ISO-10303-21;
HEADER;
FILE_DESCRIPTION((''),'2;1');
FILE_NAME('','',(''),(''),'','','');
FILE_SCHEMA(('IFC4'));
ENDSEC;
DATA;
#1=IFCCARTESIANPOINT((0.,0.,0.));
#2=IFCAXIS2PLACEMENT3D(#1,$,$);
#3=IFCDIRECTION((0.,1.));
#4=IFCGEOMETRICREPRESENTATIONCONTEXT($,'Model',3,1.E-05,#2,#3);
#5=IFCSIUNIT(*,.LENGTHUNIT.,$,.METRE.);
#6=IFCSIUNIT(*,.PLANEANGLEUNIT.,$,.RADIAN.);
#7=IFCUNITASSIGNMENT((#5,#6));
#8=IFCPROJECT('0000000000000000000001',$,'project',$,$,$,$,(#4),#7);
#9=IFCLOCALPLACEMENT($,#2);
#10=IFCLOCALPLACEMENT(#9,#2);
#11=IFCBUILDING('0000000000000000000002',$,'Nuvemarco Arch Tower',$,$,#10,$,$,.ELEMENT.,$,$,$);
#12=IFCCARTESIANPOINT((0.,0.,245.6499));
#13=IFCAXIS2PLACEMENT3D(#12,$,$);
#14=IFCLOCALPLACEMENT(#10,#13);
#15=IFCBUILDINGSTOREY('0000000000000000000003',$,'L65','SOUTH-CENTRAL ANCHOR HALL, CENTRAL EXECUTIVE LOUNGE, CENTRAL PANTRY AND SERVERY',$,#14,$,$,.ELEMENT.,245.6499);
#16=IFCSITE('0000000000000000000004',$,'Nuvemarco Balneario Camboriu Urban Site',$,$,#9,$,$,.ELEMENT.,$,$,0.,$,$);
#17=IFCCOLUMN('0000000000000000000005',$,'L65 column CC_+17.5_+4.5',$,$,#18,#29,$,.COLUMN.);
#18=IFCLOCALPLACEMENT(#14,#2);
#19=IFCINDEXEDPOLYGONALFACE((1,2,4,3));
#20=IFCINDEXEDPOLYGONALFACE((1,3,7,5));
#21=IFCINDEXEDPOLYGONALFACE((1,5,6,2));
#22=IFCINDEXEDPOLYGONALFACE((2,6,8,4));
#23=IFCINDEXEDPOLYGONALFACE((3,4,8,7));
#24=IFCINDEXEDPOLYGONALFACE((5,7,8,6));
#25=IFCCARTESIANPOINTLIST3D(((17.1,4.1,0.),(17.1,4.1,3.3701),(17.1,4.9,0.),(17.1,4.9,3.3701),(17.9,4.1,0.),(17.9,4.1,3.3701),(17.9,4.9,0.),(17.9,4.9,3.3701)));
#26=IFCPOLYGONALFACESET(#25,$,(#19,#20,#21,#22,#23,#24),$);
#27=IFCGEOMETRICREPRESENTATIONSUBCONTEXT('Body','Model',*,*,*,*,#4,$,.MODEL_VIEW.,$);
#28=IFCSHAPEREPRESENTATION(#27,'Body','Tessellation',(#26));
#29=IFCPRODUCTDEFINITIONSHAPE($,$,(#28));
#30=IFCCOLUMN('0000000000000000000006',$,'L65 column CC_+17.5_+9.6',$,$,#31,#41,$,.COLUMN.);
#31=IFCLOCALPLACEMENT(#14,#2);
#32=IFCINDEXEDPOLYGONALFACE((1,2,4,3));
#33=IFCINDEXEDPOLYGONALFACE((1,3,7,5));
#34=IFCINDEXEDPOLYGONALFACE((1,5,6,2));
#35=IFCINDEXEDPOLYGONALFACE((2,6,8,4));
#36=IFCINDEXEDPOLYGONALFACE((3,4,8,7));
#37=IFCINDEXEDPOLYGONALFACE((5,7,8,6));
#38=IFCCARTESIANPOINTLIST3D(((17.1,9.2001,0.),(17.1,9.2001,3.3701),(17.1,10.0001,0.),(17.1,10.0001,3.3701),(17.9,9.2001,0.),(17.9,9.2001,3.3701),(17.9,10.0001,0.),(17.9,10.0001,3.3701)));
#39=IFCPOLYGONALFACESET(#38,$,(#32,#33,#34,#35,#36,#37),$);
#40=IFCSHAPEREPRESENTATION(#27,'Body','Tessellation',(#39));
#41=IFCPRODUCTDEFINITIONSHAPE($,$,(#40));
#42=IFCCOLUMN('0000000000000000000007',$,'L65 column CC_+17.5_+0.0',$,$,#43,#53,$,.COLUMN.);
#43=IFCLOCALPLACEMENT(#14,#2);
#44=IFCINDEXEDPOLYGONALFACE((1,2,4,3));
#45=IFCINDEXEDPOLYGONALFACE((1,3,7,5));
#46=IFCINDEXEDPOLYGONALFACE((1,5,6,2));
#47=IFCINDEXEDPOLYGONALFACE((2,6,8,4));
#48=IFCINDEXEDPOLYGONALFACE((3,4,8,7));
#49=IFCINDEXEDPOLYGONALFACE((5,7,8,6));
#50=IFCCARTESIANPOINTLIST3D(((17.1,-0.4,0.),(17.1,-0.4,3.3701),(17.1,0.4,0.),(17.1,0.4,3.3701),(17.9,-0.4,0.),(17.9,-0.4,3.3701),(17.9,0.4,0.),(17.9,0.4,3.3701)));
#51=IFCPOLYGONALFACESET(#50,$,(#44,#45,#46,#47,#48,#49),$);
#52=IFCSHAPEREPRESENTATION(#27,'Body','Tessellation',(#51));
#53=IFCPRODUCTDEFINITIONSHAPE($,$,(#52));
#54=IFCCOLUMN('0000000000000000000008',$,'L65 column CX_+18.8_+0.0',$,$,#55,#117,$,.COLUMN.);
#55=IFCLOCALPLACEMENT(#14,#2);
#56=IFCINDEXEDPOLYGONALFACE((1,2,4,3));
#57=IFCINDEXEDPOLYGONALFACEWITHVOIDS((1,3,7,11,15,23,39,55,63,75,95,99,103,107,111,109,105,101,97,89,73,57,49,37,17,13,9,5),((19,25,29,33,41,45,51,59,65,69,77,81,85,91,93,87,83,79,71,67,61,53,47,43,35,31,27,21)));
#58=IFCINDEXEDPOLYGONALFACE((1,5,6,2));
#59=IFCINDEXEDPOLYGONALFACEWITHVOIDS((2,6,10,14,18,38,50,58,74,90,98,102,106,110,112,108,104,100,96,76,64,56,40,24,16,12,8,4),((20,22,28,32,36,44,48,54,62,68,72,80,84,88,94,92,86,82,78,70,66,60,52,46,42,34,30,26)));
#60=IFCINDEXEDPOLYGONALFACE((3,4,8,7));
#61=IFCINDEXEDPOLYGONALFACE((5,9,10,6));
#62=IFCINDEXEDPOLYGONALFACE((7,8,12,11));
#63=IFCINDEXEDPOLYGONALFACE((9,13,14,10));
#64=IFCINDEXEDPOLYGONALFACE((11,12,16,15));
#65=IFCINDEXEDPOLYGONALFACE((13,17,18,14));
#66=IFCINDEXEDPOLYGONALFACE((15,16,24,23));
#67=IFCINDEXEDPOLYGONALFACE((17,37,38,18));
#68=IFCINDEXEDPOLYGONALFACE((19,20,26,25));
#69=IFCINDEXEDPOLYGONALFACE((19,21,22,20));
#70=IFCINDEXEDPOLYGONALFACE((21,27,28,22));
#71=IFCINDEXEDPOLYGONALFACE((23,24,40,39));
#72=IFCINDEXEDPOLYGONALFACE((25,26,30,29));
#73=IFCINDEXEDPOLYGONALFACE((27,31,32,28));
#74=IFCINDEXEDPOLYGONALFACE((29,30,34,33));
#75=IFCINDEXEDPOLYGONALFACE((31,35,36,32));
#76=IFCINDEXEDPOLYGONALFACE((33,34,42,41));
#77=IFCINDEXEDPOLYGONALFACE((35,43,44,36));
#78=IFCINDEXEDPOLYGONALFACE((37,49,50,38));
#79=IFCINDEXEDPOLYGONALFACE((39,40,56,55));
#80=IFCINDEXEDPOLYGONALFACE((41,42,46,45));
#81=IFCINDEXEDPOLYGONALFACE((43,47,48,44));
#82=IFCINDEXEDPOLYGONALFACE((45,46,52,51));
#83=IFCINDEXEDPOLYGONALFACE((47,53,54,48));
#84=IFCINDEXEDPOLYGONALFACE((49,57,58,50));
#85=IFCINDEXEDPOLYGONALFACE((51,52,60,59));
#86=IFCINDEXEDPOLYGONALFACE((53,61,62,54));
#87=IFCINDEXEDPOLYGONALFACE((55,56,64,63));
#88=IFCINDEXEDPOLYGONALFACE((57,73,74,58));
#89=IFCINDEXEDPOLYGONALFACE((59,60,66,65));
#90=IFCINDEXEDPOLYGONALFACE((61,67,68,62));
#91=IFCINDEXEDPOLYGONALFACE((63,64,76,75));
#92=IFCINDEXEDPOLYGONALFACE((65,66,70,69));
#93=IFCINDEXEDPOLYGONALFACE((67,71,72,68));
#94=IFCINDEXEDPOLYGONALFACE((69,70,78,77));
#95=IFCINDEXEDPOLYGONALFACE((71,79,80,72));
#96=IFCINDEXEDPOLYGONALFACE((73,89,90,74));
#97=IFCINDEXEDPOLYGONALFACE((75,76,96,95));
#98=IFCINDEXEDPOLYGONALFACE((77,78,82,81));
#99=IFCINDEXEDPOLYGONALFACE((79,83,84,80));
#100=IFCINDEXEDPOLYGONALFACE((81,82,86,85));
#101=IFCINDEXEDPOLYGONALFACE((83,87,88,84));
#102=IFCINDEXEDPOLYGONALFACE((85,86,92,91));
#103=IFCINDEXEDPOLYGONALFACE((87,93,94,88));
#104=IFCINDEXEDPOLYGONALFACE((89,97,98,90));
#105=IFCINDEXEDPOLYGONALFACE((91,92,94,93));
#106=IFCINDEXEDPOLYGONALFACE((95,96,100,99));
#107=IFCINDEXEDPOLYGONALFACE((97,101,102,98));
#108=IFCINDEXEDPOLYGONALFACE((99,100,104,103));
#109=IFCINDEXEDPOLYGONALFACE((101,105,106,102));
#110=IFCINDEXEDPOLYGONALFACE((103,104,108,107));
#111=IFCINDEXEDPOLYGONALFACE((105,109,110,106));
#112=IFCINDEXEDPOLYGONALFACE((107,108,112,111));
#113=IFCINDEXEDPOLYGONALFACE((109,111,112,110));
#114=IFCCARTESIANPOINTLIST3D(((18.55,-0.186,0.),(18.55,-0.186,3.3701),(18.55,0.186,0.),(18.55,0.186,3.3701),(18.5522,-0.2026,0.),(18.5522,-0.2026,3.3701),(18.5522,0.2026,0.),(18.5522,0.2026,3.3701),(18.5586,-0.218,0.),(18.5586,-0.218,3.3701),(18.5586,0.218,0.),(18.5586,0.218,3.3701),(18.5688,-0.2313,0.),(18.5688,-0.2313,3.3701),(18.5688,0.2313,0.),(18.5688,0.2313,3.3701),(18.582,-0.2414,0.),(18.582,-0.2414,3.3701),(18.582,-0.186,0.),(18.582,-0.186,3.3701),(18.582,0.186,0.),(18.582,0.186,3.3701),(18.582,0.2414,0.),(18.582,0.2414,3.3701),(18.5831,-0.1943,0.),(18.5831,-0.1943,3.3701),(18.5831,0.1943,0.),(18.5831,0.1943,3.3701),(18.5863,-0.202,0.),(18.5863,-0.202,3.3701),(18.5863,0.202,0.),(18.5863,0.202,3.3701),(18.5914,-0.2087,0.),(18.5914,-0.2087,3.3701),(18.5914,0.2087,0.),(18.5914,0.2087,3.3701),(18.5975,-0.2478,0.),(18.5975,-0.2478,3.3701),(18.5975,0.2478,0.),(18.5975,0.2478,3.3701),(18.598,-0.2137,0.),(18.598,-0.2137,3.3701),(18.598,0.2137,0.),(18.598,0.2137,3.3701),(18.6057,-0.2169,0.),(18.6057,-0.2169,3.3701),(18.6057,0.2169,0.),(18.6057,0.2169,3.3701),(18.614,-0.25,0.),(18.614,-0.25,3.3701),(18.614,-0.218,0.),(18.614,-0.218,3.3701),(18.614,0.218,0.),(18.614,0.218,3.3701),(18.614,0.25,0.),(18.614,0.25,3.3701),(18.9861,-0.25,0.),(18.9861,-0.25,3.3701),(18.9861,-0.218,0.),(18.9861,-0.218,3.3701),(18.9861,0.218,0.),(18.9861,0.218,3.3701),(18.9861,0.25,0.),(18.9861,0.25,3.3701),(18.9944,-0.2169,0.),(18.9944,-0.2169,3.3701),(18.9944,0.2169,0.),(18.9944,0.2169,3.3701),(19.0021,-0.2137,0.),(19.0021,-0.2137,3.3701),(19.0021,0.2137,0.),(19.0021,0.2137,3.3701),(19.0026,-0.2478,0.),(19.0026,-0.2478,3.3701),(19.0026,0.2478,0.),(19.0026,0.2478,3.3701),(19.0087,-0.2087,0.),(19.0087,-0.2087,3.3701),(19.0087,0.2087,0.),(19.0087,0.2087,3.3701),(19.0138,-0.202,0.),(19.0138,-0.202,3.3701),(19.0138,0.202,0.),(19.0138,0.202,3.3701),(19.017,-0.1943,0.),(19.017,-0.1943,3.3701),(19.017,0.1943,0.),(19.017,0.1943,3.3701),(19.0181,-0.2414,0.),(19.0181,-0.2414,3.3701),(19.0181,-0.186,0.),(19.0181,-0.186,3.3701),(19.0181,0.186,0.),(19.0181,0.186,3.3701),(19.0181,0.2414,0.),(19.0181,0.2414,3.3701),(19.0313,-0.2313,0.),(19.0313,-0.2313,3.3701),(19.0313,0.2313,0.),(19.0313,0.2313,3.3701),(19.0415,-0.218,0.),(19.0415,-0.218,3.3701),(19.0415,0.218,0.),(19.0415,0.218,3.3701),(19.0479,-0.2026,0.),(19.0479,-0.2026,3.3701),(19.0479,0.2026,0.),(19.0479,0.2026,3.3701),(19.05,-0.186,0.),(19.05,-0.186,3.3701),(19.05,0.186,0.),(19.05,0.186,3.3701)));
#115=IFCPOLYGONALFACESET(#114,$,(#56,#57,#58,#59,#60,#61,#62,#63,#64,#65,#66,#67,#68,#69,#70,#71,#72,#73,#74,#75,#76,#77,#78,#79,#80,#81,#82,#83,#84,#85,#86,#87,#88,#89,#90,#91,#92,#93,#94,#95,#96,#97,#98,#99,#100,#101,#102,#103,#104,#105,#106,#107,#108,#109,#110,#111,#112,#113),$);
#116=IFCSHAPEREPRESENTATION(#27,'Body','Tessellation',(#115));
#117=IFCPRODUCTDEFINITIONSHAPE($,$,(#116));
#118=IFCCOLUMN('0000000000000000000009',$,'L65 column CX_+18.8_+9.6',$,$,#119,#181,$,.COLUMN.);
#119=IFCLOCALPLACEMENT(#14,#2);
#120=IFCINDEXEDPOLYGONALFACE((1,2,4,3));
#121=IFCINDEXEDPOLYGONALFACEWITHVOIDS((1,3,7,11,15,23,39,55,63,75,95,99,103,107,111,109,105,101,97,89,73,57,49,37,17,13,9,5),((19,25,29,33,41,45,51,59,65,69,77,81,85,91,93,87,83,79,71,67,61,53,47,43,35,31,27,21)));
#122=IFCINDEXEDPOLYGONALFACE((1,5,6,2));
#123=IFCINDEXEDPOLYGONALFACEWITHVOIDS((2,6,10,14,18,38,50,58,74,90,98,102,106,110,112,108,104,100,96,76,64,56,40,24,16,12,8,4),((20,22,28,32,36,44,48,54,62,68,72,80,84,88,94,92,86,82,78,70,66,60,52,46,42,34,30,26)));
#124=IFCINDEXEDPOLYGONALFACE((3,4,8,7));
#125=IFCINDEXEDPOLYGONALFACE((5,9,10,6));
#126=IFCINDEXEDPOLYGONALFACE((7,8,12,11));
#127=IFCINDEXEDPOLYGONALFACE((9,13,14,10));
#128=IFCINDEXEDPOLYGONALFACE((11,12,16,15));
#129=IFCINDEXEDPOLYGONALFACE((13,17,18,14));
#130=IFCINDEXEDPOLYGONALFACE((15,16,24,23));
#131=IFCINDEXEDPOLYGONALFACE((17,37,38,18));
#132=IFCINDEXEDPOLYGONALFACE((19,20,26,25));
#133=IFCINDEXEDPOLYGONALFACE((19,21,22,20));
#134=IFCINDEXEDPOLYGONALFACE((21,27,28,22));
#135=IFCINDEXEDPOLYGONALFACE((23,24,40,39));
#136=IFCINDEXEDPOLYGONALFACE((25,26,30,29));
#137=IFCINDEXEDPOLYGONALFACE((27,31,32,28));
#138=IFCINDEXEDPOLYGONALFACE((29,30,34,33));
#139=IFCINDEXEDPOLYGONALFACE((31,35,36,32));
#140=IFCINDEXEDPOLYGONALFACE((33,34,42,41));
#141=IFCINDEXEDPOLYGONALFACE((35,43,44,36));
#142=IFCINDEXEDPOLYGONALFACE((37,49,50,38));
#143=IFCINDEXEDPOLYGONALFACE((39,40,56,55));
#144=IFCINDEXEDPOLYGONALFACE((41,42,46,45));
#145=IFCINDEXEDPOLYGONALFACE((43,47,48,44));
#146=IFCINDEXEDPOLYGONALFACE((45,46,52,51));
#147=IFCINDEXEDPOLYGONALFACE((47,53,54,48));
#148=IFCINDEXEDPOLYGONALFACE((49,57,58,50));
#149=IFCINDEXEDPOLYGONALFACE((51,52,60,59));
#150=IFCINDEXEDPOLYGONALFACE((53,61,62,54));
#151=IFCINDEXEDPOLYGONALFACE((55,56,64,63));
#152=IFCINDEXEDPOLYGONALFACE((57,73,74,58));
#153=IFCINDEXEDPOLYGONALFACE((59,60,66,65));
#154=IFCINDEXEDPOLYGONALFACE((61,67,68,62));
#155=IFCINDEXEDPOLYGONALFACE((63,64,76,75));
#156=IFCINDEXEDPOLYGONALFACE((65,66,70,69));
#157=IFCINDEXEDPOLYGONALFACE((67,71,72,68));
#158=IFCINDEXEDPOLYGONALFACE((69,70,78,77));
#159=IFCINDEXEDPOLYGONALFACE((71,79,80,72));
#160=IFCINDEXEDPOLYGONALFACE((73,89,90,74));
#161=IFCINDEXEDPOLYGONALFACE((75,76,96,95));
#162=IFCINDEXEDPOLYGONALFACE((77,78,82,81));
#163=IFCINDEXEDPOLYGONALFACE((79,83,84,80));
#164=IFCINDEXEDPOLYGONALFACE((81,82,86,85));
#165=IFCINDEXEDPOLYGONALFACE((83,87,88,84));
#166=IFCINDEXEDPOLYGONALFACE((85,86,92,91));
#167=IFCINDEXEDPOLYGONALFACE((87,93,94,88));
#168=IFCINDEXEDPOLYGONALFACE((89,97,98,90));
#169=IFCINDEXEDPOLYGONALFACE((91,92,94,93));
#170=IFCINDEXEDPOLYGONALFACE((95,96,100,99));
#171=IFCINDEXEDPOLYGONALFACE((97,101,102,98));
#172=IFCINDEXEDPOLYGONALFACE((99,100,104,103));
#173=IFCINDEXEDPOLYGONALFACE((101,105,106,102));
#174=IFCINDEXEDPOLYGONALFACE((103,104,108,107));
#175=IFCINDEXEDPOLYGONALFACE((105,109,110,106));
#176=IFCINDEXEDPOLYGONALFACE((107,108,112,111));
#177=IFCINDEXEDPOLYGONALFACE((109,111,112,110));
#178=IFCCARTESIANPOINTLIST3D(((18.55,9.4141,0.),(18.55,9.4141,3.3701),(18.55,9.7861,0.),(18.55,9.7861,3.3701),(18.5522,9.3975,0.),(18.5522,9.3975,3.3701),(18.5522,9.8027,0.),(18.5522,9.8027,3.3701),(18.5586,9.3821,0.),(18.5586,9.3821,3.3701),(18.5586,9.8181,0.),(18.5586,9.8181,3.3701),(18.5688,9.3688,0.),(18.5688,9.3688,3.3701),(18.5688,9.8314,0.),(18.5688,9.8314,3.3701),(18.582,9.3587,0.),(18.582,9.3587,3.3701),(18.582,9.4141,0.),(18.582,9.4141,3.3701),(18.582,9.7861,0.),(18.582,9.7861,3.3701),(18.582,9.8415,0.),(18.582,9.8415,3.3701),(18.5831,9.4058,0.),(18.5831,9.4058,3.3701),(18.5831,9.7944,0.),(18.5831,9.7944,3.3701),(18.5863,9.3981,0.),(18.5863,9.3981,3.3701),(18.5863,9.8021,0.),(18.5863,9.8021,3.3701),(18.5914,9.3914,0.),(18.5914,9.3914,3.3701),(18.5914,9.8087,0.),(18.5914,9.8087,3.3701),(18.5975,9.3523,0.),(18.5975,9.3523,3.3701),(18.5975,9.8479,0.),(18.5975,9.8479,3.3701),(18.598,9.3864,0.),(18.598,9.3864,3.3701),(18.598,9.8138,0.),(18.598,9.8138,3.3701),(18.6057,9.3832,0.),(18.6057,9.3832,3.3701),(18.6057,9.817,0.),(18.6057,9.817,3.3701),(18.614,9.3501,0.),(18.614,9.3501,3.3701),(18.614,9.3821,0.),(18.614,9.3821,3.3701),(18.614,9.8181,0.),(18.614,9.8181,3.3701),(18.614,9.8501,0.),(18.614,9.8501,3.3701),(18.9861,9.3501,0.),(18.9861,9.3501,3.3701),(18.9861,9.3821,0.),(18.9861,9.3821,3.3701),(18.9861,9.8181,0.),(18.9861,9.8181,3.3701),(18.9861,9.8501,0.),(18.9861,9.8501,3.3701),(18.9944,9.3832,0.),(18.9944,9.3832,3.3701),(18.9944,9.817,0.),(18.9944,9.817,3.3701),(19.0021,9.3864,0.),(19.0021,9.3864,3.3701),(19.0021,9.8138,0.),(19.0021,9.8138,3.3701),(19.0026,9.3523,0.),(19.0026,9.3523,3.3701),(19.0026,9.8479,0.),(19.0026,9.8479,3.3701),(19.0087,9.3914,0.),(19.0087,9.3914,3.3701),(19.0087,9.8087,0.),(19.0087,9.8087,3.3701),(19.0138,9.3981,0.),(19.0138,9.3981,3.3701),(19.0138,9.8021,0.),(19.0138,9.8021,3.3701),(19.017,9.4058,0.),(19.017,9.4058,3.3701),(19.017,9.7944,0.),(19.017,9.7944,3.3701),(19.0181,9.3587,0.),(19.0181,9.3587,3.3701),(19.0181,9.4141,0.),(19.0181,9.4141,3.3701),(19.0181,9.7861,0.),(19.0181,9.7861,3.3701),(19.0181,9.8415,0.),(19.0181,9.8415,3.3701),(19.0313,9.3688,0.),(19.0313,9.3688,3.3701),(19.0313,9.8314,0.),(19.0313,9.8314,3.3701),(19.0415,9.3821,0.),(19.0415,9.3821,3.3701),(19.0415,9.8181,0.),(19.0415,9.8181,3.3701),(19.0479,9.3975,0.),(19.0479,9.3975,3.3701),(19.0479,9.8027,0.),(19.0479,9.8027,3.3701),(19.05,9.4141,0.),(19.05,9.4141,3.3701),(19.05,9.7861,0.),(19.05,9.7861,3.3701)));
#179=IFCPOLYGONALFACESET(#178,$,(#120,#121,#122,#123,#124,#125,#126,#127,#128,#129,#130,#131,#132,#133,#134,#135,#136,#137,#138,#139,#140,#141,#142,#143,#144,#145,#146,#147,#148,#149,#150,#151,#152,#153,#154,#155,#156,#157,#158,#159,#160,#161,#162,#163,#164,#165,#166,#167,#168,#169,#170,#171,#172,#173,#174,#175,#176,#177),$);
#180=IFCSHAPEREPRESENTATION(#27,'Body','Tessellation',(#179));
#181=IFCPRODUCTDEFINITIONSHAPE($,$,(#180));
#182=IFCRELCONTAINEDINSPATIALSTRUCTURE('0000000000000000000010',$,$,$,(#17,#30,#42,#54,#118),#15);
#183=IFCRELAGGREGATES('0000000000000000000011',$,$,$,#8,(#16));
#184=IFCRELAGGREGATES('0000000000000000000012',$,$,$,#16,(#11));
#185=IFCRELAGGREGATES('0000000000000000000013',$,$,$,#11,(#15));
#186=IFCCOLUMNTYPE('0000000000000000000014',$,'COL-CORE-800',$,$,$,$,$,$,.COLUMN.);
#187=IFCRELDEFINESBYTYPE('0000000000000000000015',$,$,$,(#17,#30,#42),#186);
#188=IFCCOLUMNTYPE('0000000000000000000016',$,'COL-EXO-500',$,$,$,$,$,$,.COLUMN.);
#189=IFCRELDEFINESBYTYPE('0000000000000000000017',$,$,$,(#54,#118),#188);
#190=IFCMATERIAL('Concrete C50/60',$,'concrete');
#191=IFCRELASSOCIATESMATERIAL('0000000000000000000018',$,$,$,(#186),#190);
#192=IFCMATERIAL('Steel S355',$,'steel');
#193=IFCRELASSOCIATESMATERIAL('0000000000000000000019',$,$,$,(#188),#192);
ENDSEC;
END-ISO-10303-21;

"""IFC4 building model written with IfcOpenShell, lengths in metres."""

from ifc_helpers import new_model, si_unit, direction, frame, origin, origin_2d, place, context, subcontext, project, spatial, rectangle, hollow_rectangle, extrude, material, material_profile, profile_set, type_object, element, save


model = new_model("IFC4")

# Units and contexts
model_context = context("Model", 3, precision=1e-05, world=origin(), true_north=direction((0.0, 1.0)))
body_context = subcontext(model_context, "Body", "Model", "MODEL_VIEW")
ifc_project = project(units=[si_unit("LENGTHUNIT", "METRE"), si_unit("PLANEANGLEUNIT", "RADIAN")], contexts=[model_context])

# Site, building, storey
site_placement = place(None, origin())
site = spatial("IfcSite", under=ifc_project, at=site_placement, Name="Nuvemarco Balneario Camboriu Urban Site", CompositionType="ELEMENT", RefElevation=0.0)
building_placement = place(site_placement, origin())
building = spatial("IfcBuilding", under=site, at=building_placement, Name="Nuvemarco Arch Tower", CompositionType="ELEMENT")
storey_placement = place(building_placement, frame((0.0, 0.0, 245.6499)))
storey = spatial("IfcBuildingStorey", under=building, at=storey_placement, Name="L65", Description="SOUTH-CENTRAL ANCHOR HALL, CENTRAL EXECUTIVE LOUNGE, CENTRAL PANTRY AND SERVERY", CompositionType="ELEMENT", Elevation=245.6499)

# Columns
ifc_material_1 = material(Name="Concrete C50/60", Category="concrete")
ifc_material_profile_1 = material_profile(ifc_material_1, rectangle(XDim=0.8, YDim=0.8, at=origin_2d()), Name="RC-COL-800x800")
ifc_profile_set_1 = profile_set([ifc_material_profile_1], Name="Concrete C50/60")
column_type_1 = type_object("IfcColumnType", Name="COL-CORE-800", PredefinedType="COLUMN", material=ifc_profile_set_1)
for number, where, z_axis, x_axis, name in (
    (1, (17.5, 4.5, 0.0), (0.0, 0.0, 1.0), (1.0, 0.0, 0.0), "L65 column CC_+17.5_+4.5"),
    (2, (17.5, 9.6001, 0.0), (0.0, 0.0, 1.0), (1.0, 0.0, 0.0), "L65 column CC_+17.5_+9.6"),
    (3, (17.5, 0.0, 0.0), (0.0, 0.0, 1.0), (1.0, 0.0, 0.0), "L65 column CC_+17.5_+0.0"),
):
    element("IfcColumn", number, at=place(storey_placement, frame(where, z_axis=z_axis, x_axis=x_axis)), inside=storey, type_object=column_type_1, Name=name, PredefinedType="COLUMN", context=body_context, shape_type="SweptSolid", body=[
        extrude(rectangle(XDim=0.8, YDim=0.8, at=origin_2d()), origin(), (0.0, 0.0, 1.0), 3.3701),
    ])
ifc_material_2 = material(Name="Steel S355", Category="steel")
ifc_material_profile_2 = material_profile(ifc_material_2, hollow_rectangle(XDim=0.5, YDim=0.5, WallThickness=0.032, InnerFilletRadius=0.032, OuterFilletRadius=0.064, at=origin_2d()), Name="SHS500x500x32")
ifc_profile_set_2 = profile_set([ifc_material_profile_2], Name="Steel S355")
column_type_2 = type_object("IfcColumnType", Name="COL-EXO-500", PredefinedType="COLUMN", material=ifc_profile_set_2)
for number, where, z_axis, x_axis, name in (
    (4, (18.8, 0.0, 0.0), (0.0, 0.0, 1.0), (1.0, 0.0, 0.0), "L65 column CX_+18.8_+0.0"),
    (5, (18.8, 9.6001, 0.0), (0.0, 0.0, 1.0), (1.0, 0.0, 0.0), "L65 column CX_+18.8_+9.6"),
):
    element("IfcColumn", number, at=place(storey_placement, frame(where, z_axis=z_axis, x_axis=x_axis)), inside=storey, type_object=column_type_2, Name=name, PredefinedType="COLUMN", context=body_context, shape_type="SweptSolid", body=[
        extrude(hollow_rectangle(XDim=0.5, YDim=0.5, WallThickness=0.032, InnerFilletRadius=0.032, OuterFilletRadius=0.064, at=origin_2d()), origin(), (0.0, 0.0, 1.0), 3.3701),
    ])

save(model, "model.ifc")
